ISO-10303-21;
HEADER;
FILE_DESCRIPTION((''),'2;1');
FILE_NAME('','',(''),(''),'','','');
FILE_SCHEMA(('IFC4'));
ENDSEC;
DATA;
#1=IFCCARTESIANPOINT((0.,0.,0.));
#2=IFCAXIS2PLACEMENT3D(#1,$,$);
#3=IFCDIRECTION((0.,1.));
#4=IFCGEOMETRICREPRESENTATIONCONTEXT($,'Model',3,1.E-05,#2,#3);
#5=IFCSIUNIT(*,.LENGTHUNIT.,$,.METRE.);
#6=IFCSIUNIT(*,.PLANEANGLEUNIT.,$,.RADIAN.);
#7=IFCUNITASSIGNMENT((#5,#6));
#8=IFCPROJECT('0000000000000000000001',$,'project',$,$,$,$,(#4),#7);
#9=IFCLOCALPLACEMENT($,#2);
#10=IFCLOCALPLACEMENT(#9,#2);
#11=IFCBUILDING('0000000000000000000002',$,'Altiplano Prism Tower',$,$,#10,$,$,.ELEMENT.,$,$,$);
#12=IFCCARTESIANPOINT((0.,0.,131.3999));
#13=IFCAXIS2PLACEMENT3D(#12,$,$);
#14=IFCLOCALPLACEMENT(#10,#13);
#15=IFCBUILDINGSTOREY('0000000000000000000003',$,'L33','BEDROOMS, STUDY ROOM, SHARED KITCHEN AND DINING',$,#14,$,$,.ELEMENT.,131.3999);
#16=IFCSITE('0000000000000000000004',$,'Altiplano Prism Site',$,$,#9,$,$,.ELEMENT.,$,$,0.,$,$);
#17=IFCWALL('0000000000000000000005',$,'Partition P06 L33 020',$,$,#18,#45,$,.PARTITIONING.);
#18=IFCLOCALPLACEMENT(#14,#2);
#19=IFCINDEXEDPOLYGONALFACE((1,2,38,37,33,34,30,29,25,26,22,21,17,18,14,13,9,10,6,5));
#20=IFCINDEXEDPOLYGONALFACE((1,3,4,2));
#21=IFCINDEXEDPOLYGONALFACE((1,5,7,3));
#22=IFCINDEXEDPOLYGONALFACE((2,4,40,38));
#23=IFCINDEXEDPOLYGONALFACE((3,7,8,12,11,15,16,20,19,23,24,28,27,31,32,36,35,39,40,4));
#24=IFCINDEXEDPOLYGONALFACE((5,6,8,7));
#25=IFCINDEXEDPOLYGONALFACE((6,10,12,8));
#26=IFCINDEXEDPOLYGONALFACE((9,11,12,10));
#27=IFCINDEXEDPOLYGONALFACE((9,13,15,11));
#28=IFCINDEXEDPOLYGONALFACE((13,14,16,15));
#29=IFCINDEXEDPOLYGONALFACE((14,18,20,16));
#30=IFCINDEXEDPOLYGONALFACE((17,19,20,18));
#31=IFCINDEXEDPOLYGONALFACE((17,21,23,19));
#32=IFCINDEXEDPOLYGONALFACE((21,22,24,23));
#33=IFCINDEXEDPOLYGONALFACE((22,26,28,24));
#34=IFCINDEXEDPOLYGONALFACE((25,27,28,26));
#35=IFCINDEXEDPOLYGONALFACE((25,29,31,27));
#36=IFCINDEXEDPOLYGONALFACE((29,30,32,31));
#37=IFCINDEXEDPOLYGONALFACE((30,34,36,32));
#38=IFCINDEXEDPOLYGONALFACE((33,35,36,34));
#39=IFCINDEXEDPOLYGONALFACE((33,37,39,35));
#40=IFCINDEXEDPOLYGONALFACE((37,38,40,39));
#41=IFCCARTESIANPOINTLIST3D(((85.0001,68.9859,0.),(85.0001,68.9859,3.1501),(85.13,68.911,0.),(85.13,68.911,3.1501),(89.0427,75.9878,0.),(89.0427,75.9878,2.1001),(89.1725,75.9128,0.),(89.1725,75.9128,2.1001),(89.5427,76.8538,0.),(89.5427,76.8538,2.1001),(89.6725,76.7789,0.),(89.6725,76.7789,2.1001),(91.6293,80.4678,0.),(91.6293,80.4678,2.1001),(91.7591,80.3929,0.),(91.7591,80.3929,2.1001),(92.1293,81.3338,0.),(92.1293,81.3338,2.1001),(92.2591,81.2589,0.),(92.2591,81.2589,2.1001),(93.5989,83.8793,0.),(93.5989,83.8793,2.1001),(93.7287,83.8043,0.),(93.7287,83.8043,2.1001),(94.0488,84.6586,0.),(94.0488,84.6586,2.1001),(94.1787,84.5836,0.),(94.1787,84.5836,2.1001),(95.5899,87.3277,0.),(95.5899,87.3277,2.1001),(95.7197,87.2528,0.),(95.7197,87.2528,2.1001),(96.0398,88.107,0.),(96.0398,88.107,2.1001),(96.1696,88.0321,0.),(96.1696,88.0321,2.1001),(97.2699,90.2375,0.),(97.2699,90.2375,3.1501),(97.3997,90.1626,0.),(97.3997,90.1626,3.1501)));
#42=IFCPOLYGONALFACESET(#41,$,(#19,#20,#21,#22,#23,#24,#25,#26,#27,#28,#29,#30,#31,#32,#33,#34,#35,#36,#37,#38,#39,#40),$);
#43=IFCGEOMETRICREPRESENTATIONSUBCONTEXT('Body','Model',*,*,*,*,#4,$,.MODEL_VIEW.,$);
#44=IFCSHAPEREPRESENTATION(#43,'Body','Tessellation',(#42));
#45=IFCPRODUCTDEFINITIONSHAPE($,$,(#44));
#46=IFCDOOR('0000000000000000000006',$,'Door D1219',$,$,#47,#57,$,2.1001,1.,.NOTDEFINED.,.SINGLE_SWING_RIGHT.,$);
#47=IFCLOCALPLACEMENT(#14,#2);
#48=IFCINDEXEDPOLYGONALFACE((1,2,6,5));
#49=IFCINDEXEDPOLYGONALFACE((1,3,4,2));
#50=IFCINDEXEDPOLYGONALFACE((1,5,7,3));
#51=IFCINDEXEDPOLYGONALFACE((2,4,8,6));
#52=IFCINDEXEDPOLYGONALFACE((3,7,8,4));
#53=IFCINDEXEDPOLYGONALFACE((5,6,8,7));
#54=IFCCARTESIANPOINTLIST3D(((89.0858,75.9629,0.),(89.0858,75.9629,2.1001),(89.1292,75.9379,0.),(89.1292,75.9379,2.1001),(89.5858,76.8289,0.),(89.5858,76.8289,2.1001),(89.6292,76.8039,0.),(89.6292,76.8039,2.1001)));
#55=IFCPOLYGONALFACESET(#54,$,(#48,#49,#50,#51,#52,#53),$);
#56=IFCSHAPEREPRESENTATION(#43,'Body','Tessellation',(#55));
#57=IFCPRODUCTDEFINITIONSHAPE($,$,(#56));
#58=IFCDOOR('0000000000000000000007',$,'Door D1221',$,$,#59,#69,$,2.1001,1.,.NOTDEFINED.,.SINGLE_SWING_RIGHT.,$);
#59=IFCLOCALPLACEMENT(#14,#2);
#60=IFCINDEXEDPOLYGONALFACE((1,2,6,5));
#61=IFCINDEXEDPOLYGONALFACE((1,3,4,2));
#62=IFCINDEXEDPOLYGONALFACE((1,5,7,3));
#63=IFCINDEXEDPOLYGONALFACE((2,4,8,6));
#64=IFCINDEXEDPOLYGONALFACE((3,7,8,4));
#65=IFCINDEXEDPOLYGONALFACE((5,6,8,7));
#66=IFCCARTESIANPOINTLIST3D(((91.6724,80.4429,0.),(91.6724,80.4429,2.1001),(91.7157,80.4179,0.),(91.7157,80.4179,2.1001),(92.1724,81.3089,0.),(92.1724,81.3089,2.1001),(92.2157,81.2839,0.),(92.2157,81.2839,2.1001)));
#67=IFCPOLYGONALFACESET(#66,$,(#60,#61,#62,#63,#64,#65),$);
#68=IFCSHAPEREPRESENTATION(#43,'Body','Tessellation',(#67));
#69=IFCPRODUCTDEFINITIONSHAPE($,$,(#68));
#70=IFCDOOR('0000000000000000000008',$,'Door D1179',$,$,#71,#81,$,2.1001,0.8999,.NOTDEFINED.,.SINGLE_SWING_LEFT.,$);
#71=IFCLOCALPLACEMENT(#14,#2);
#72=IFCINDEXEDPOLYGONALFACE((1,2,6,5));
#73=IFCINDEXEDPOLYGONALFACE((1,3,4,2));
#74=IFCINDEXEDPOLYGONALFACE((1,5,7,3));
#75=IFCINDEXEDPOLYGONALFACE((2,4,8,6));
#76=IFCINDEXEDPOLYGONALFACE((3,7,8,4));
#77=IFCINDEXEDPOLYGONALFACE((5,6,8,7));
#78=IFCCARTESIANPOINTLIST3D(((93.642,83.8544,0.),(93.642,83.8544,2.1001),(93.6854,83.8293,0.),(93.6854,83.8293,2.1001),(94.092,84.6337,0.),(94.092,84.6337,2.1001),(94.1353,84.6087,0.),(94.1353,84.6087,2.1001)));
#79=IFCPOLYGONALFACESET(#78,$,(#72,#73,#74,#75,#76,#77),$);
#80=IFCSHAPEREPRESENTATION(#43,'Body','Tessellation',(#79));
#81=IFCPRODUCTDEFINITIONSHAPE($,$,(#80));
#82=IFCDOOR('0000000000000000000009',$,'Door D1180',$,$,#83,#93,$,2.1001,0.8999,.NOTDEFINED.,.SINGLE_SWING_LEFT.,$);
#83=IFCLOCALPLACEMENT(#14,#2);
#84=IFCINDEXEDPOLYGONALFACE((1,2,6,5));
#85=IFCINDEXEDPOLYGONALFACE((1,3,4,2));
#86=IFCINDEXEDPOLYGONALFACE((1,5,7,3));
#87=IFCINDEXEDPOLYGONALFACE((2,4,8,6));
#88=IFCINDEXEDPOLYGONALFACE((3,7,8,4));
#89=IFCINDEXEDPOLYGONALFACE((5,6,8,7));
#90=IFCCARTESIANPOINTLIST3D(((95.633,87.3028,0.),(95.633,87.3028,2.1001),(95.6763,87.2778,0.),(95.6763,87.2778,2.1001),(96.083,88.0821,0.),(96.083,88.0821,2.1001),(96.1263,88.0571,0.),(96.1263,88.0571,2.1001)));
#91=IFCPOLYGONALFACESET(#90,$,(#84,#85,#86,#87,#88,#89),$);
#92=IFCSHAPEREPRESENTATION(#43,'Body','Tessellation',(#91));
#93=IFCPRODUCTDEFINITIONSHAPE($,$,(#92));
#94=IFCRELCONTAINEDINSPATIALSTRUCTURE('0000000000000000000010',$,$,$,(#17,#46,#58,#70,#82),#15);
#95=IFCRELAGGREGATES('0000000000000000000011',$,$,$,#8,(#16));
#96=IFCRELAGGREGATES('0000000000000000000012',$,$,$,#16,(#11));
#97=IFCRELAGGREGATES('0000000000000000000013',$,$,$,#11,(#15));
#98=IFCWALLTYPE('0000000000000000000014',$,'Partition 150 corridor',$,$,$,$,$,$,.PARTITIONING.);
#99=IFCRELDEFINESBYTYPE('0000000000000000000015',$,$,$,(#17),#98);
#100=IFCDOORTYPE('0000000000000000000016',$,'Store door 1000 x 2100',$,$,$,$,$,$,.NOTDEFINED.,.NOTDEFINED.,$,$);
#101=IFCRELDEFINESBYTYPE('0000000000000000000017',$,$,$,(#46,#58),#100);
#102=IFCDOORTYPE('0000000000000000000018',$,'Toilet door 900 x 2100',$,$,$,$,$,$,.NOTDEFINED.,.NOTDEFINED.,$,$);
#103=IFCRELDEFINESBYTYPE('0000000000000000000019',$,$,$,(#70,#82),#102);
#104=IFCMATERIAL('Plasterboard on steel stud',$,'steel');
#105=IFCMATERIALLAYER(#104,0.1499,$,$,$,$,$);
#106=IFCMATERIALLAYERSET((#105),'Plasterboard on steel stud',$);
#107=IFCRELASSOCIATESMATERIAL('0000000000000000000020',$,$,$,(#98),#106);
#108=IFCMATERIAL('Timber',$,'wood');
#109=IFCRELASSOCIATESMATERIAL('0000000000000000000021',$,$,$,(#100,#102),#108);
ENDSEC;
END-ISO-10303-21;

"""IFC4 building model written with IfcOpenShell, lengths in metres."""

from ifc_helpers import new_model, si_unit, direction, frame, frame_2d, origin, place, context, subcontext, project, spatial, rectangle, extrude, material, layer, layer_set, type_object, element, fill, save


model = new_model("IFC4")

# Units and contexts
model_context = context("Model", 3, precision=1e-05, world=origin(), true_north=direction((0.0, 1.0)))
body_context = subcontext(model_context, "Body", "Model", "MODEL_VIEW")
ifc_project = project(units=[si_unit("LENGTHUNIT", "METRE"), si_unit("PLANEANGLEUNIT", "RADIAN")], contexts=[model_context])

# Site, building, storey
site_placement = place(None, origin())
site = spatial("IfcSite", under=ifc_project, at=site_placement, Name="Altiplano Prism Site", CompositionType="ELEMENT", RefElevation=0.0)
building_placement = place(site_placement, origin())
building = spatial("IfcBuilding", under=site, at=building_placement, Name="Altiplano Prism Tower", CompositionType="ELEMENT")
storey_placement = place(building_placement, frame((0.0, 0.0, 131.3999)))
storey = spatial("IfcBuildingStorey", under=building, at=storey_placement, Name="L33", Description="BEDROOMS, STUDY ROOM, SHARED KITCHEN AND DINING", CompositionType="ELEMENT", Elevation=131.3999)

# Shared definitions
ifc_material_1 = material(Name="Plasterboard on steel stud", Category="steel")

# Shared definitions
ifc_material_2 = material(Name="Timber", Category="wood")

# Shared definitions
ifc_layer_1 = layer(ifc_material_1, 0.1499)
ifc_layer_set_1 = layer_set([ifc_layer_1], Name="Plasterboard on steel stud")
wall_type_1 = type_object("IfcWallType", Name="Partition 150 corridor", PredefinedType="PARTITIONING", material=ifc_layer_set_1)

# Wall, openings, doors
wall_1_placement = place(storey_placement, frame((97.3347, 90.2, 0.0), z_axis=(0.0, 0.0, 1.0), x_axis=(-0.500003, -0.866024, 0.0)))
wall_1 = element("IfcWall", 1, at=wall_1_placement, inside=storey, type_object=wall_type_1, Name="Partition P06 L33 020", PredefinedType="PARTITIONING", context=body_context, shape_type="SweptSolid", body=[
    extrude(rectangle(XDim=24.5393, YDim=0.1499, at=frame_2d((12.2695, 0.0))), origin(), (0.0, 0.0, 1.0), 3.1501),
])
opening_1_placement = place(wall_1_placement, frame((6.4419, 0.0, 0.0)))
opening_1 = element("IfcOpeningElement", 2, at=opening_1_placement, cuts=wall_1, PredefinedType="OPENING", context=body_context, shape_type="SweptSolid", body=[
    extrude(rectangle(XDim=0.8999, YDim=2.1001, at=frame_2d((0.45, 1.05))), frame((0.0, 0.0854, 0.0), z_axis=(0.0, -1.0, 0.0), x_axis=(1.0, 0.0, 0.0)), (0.0, 0.0, 1.0), 0.1709),
])
opening_2_placement = place(wall_1_placement, frame((2.46, 0.0, 0.0)))
opening_2 = element("IfcOpeningElement", 3, at=opening_2_placement, cuts=wall_1, PredefinedType="OPENING", context=body_context, shape_type="SweptSolid", body=[
    extrude(rectangle(XDim=0.8999, YDim=2.1001, at=frame_2d((0.45, 1.05))), frame((0.0, 0.0854, 0.0), z_axis=(0.0, -1.0, 0.0), x_axis=(1.0, 0.0, 0.0)), (0.0, 0.0, 1.0), 0.1709),
])
opening_3_placement = place(wall_1_placement, frame((15.4541, 0.0, 0.0)))
opening_3 = element("IfcOpeningElement", 4, at=opening_3_placement, cuts=wall_1, PredefinedType="OPENING", context=body_context, shape_type="SweptSolid", body=[
    extrude(rectangle(XDim=1.0, YDim=2.1001, at=frame_2d((0.5, 1.05))), frame((0.0, 0.0854, 0.0), z_axis=(0.0, -1.0, 0.0), x_axis=(1.0, 0.0, 0.0)), (0.0, 0.0, 1.0), 0.1709),
])
opening_4_placement = place(wall_1_placement, frame((10.281, 0.0, 0.0)))
opening_4 = element("IfcOpeningElement", 5, at=opening_4_placement, cuts=wall_1, PredefinedType="OPENING", context=body_context, shape_type="SweptSolid", body=[
    extrude(rectangle(XDim=1.0, YDim=2.1001, at=frame_2d((0.5, 1.05))), frame((0.0, 0.0854, 0.0), z_axis=(0.0, -1.0, 0.0), x_axis=(1.0, 0.0, 0.0)), (0.0, 0.0, 1.0), 0.1709),
])
door_type_1 = type_object("IfcDoorType", Name="Store door 1000 x 2100", OperationType="NOTDEFINED", PredefinedType="NOTDEFINED", material=ifc_material_2)
door_1_placement = place(opening_3_placement, origin())
door_1 = element("IfcDoor", 6, at=door_1_placement, inside=storey, type_object=door_type_1, Name="Door D1219", OperationType="SINGLE_SWING_RIGHT", OverallHeight=2.1001, OverallWidth=1.0, PredefinedType="NOTDEFINED", context=body_context, shape_type="SweptSolid", body=[
    extrude(rectangle(XDim=1.0, YDim=2.1001, at=frame_2d((0.5, 1.05))), frame((0.0, 0.0249, 0.0), z_axis=(0.0, -1.0, 0.0), x_axis=(1.0, 0.0, 0.0)), (0.0, 0.0, 1.0), 0.05),
])
fill(opening_3, door_1)
door_2_placement = place(opening_4_placement, origin())
door_2 = element("IfcDoor", 7, at=door_2_placement, inside=storey, type_object=door_type_1, Name="Door D1221", OperationType="SINGLE_SWING_RIGHT", OverallHeight=2.1001, OverallWidth=1.0, PredefinedType="NOTDEFINED", context=body_context, shape_type="SweptSolid", body=[
    extrude(rectangle(XDim=1.0, YDim=2.1001, at=frame_2d((0.5, 1.05))), frame((0.0, 0.0249, 0.0), z_axis=(0.0, -1.0, 0.0), x_axis=(1.0, 0.0, 0.0)), (0.0, 0.0, 1.0), 0.05),
])
fill(opening_4, door_2)
door_type_2 = type_object("IfcDoorType", Name="Toilet door 900 x 2100", OperationType="NOTDEFINED", PredefinedType="NOTDEFINED", material=ifc_material_2)
door_3_placement = place(opening_1_placement, origin())
door_3 = element("IfcDoor", 8, at=door_3_placement, inside=storey, type_object=door_type_2, Name="Door D1179", OperationType="SINGLE_SWING_LEFT", OverallHeight=2.1001, OverallWidth=0.8999, PredefinedType="NOTDEFINED", context=body_context, shape_type="SweptSolid", body=[
    extrude(rectangle(XDim=0.8999, YDim=2.1001, at=frame_2d((0.45, 1.05))), frame((0.0, 0.0249, 0.0), z_axis=(0.0, -1.0, 0.0), x_axis=(1.0, 0.0, 0.0)), (0.0, 0.0, 1.0), 0.05),
])
fill(opening_1, door_3)
door_4_placement = place(opening_2_placement, origin())
door_4 = element("IfcDoor", 9, at=door_4_placement, inside=storey, type_object=door_type_2, Name="Door D1180", OperationType="SINGLE_SWING_LEFT", OverallHeight=2.1001, OverallWidth=0.8999, PredefinedType="NOTDEFINED", context=body_context, shape_type="SweptSolid", body=[
    extrude(rectangle(XDim=0.8999, YDim=2.1001, at=frame_2d((0.45, 1.05))), frame((0.0, 0.0249, 0.0), z_axis=(0.0, -1.0, 0.0), x_axis=(1.0, 0.0, 0.0)), (0.0, 0.0, 1.0), 0.05),
])
fill(opening_2, door_4)

save(model, "model.ifc")
